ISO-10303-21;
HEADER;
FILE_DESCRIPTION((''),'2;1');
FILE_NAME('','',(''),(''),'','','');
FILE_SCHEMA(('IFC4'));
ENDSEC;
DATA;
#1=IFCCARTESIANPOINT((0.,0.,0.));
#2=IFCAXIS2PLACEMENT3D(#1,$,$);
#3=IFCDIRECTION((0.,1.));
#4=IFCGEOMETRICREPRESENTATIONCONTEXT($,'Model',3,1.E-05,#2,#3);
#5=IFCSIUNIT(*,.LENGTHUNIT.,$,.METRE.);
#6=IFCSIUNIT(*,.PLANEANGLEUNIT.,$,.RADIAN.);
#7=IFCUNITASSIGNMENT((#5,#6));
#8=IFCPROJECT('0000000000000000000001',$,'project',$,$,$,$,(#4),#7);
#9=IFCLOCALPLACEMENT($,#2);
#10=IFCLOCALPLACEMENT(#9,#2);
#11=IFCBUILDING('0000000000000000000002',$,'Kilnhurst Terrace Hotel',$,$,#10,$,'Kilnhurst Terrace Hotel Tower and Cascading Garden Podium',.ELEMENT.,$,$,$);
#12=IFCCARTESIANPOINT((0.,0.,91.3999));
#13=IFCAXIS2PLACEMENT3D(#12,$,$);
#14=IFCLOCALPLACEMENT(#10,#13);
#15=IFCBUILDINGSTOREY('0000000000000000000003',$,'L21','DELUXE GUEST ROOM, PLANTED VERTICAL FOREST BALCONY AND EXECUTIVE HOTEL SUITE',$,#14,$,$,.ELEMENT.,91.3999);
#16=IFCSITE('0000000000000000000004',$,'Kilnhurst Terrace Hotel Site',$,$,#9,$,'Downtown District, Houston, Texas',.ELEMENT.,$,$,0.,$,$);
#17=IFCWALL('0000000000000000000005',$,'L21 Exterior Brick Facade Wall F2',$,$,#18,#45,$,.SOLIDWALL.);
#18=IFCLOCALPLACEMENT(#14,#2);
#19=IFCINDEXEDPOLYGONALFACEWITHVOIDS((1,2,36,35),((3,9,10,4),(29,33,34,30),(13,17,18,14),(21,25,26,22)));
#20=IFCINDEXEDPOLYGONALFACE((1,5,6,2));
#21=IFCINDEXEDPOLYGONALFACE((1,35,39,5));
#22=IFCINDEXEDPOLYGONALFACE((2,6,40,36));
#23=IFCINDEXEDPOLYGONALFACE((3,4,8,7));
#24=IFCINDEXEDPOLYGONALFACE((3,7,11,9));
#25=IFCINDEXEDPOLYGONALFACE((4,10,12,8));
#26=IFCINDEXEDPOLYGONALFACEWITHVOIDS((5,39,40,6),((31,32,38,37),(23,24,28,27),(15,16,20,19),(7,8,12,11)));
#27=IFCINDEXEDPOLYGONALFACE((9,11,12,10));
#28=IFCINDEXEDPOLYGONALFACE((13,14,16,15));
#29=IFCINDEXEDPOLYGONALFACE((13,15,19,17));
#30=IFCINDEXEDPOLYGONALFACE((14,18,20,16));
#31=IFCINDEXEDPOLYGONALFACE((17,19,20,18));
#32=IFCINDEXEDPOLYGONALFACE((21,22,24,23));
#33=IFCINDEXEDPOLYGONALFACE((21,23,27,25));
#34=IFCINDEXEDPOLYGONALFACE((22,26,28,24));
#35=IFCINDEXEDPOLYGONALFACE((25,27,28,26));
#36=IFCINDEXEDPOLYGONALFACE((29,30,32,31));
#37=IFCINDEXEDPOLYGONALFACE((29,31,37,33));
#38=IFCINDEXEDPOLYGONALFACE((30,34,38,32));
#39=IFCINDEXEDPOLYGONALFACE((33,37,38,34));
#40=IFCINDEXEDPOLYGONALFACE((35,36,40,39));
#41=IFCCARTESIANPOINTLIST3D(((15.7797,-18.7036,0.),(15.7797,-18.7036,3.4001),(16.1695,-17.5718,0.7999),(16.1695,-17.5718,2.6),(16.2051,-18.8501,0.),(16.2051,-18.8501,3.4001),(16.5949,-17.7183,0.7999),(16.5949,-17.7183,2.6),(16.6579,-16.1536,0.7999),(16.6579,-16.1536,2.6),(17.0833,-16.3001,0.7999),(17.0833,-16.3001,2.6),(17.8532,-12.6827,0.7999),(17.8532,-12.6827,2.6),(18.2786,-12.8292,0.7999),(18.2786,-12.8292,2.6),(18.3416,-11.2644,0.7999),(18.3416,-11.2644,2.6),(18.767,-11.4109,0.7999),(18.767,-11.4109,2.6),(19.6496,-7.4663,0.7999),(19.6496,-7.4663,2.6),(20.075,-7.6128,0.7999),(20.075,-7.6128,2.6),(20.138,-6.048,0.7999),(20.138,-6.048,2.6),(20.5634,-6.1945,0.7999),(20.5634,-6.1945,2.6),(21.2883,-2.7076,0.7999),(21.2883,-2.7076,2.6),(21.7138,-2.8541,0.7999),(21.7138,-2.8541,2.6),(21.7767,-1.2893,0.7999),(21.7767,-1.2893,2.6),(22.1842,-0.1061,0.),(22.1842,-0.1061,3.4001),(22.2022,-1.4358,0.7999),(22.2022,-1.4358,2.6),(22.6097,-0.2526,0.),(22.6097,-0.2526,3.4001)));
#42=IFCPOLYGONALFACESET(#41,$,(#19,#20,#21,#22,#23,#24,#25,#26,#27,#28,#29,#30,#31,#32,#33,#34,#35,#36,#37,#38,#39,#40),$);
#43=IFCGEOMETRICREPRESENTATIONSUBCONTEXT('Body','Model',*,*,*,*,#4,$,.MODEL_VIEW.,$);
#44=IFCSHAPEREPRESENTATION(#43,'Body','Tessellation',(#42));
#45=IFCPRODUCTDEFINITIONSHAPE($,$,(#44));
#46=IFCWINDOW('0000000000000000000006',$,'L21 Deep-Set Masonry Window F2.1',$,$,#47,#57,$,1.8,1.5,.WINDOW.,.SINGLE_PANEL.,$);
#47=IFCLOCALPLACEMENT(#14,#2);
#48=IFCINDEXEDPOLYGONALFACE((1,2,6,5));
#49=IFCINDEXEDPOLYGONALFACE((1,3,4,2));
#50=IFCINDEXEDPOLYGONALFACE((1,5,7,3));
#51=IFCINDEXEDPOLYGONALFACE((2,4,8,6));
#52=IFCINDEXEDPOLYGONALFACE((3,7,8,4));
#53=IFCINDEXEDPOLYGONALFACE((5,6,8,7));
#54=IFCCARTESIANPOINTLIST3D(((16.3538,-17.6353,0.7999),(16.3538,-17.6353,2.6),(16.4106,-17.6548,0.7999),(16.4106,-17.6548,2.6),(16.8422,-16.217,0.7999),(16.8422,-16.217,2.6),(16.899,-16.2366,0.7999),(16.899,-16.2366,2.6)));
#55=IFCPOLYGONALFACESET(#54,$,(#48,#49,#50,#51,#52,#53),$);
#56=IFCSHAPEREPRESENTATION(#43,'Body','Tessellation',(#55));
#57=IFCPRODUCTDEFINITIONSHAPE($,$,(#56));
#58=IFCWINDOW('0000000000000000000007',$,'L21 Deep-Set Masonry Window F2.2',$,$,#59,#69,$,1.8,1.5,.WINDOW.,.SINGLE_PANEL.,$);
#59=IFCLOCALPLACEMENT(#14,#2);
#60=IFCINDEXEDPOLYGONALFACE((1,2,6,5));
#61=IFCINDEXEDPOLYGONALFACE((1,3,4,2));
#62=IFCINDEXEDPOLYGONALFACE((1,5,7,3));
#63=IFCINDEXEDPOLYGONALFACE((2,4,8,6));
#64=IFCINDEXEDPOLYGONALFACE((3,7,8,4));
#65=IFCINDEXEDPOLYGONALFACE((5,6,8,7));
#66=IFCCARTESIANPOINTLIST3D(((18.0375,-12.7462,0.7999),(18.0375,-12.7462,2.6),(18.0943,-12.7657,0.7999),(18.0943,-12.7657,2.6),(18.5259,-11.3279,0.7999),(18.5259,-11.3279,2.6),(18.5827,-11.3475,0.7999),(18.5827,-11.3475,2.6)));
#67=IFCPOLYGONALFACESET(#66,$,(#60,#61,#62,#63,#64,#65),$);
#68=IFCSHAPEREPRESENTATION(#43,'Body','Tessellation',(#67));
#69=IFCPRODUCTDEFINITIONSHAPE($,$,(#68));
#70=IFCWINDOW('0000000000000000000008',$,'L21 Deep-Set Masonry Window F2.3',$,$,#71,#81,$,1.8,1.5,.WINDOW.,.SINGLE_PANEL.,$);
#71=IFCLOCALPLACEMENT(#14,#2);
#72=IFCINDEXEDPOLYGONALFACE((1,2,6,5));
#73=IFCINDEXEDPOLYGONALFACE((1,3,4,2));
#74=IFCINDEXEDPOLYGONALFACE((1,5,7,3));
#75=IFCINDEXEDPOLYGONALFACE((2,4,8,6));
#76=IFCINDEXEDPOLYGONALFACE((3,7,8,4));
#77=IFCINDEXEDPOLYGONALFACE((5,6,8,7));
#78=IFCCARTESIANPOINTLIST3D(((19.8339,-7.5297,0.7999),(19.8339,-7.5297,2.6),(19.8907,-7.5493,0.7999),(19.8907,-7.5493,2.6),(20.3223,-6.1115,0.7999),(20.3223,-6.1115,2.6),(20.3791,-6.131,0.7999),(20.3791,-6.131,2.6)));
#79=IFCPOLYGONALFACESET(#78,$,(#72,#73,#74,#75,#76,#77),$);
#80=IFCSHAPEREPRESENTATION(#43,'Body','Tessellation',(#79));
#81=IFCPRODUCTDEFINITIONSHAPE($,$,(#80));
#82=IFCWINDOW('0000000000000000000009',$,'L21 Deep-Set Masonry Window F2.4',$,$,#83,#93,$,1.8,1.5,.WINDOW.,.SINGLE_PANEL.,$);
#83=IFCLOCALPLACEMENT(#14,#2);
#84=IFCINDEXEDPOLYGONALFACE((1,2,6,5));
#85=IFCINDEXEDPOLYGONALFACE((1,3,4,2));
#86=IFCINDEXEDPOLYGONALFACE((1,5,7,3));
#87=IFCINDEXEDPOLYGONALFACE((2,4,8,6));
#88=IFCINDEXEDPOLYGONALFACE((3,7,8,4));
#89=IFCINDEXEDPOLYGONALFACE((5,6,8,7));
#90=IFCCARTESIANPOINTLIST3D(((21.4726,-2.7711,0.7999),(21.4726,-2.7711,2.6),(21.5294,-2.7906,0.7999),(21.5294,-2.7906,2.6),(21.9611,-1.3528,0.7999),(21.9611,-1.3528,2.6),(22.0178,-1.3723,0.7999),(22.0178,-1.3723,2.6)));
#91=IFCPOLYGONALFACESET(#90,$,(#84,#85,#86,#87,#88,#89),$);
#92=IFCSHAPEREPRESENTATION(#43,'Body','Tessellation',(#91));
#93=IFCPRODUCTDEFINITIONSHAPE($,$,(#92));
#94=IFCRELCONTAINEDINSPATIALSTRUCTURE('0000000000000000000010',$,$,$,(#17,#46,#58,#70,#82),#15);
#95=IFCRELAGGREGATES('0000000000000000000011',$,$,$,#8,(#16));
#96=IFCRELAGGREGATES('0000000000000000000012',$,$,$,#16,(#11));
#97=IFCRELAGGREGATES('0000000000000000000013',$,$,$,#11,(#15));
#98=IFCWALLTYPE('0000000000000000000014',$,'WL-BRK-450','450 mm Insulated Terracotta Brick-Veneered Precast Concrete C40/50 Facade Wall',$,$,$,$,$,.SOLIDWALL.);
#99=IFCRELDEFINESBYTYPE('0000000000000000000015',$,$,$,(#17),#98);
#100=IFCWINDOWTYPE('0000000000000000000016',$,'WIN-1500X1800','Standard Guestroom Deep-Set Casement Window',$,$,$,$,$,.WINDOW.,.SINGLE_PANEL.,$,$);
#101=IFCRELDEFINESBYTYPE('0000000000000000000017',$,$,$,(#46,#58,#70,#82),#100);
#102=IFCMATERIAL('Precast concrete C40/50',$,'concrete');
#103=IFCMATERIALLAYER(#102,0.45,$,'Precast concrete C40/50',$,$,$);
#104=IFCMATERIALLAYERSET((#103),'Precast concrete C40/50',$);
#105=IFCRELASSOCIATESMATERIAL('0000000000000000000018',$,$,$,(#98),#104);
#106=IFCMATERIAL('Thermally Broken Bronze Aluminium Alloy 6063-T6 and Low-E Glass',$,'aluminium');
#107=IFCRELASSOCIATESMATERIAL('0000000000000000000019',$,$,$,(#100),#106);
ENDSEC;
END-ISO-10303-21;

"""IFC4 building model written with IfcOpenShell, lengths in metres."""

from ifc_helpers import new_model, si_unit, direction, frame, frame_2d, origin, place, context, subcontext, project, spatial, rectangle, extrude, material, layer, layer_set, type_object, element, fill, save


model = new_model("IFC4")

# Units and contexts
model_context = context("Model", 3, precision=1e-05, world=origin(), true_north=direction((0.0, 1.0)))
body_context = subcontext(model_context, "Body", "Model", "MODEL_VIEW")
ifc_project = project(units=[si_unit("LENGTHUNIT", "METRE"), si_unit("PLANEANGLEUNIT", "RADIAN")], contexts=[model_context])

# Site, building, storey
site_placement = place(None, origin())
site = spatial("IfcSite", under=ifc_project, at=site_placement, Name="Kilnhurst Terrace Hotel Site", LongName="Downtown District, Houston, Texas", CompositionType="ELEMENT", RefElevation=0.0)
building_placement = place(site_placement, origin())
building = spatial("IfcBuilding", under=site, at=building_placement, Name="Kilnhurst Terrace Hotel", LongName="Kilnhurst Terrace Hotel Tower and Cascading Garden Podium", CompositionType="ELEMENT")
storey_placement = place(building_placement, frame((0.0, 0.0, 91.3999)))
storey = spatial("IfcBuildingStorey", under=building, at=storey_placement, Name="L21", Description="DELUXE GUEST ROOM, PLANTED VERTICAL FOREST BALCONY AND EXECUTIVE HOTEL SUITE", CompositionType="ELEMENT", Elevation=91.3999)

# Shared definitions
ifc_material_1 = material(Name="Precast concrete C40/50", Category="concrete")
ifc_layer_1 = layer(ifc_material_1, 0.45, Name="Precast concrete C40/50")
ifc_layer_set_1 = layer_set([ifc_layer_1], Name="Precast concrete C40/50")
wall_type_1 = type_object("IfcWallType", Name="WL-BRK-450", Description="450 mm Insulated Terracotta Brick-Veneered Precast Concrete C40/50 Facade Wall", PredefinedType="SOLIDWALL", material=ifc_layer_set_1)

# Wall, openings, windows
wall_1_placement = place(storey_placement, frame((15.9924, -18.7769, 0.0), z_axis=(0.0, 0.0, 1.0), x_axis=(0.325607, 0.945505, 0.0)))
wall_1 = element("IfcWall", 1, at=wall_1_placement, inside=storey, type_object=wall_type_1, Name="L21 Exterior Brick Facade Wall F2", PredefinedType="SOLIDWALL", context=body_context, shape_type="SweptSolid", body=[
    extrude(rectangle(XDim=19.6694, YDim=0.45, at=frame_2d((9.8347, 0.0))), origin(), (0.0, 0.0, 1.0), 3.4001),
])
opening_1_placement = place(wall_1_placement, frame((1.197, 0.0, 0.8)))
opening_1 = element("IfcOpeningElement", 2, at=opening_1_placement, cuts=wall_1, PredefinedType="OPENING", context=body_context, shape_type="SweptSolid", body=[
    extrude(rectangle(XDim=1.5, YDim=1.8, at=frame_2d((0.75, 0.8999))), frame((0.0, 0.2349, 0.0), z_axis=(0.0, -1.0, 0.0), x_axis=(1.0, 0.0, 0.0)), (0.0, 0.0, 1.0), 0.47),
])
opening_2_placement = place(wall_1_placement, frame((6.3679, 0.0, 0.8)))
opening_2 = element("IfcOpeningElement", 3, at=opening_2_placement, cuts=wall_1, PredefinedType="OPENING", context=body_context, shape_type="SweptSolid", body=[
    extrude(rectangle(XDim=1.5, YDim=1.8, at=frame_2d((0.75, 0.8999))), frame((0.0, 0.2349, 0.0), z_axis=(0.0, -1.0, 0.0), x_axis=(1.0, 0.0, 0.0)), (0.0, 0.0, 1.0), 0.47),
])
opening_3_placement = place(wall_1_placement, frame((11.885, 0.0, 0.8)))
opening_3 = element("IfcOpeningElement", 4, at=opening_3_placement, cuts=wall_1, PredefinedType="OPENING", context=body_context, shape_type="SweptSolid", body=[
    extrude(rectangle(XDim=1.5, YDim=1.8, at=frame_2d((0.75, 0.8999))), frame((0.0, 0.2349, 0.0), z_axis=(0.0, -1.0, 0.0), x_axis=(1.0, 0.0, 0.0)), (0.0, 0.0, 1.0), 0.47),
])
opening_4_placement = place(wall_1_placement, frame((16.918, 0.0, 0.8)))
opening_4 = element("IfcOpeningElement", 5, at=opening_4_placement, cuts=wall_1, PredefinedType="OPENING", context=body_context, shape_type="SweptSolid", body=[
    extrude(rectangle(XDim=1.5, YDim=1.8, at=frame_2d((0.75, 0.8999))), frame((0.0, 0.2349, 0.0), z_axis=(0.0, -1.0, 0.0), x_axis=(1.0, 0.0, 0.0)), (0.0, 0.0, 1.0), 0.47),
])
ifc_material_2 = material(Name="Thermally Broken Bronze Aluminium Alloy 6063-T6 and Low-E Glass", Category="aluminium")
window_type = type_object("IfcWindowType", Name="WIN-1500X1800", Description="Standard Guestroom Deep-Set Casement Window", PartitioningType="SINGLE_PANEL", PredefinedType="WINDOW", material=ifc_material_2)
window_1_placement = place(opening_1_placement, origin())
window_1 = element("IfcWindow", 6, at=window_1_placement, inside=storey, type_object=window_type, Name="L21 Deep-Set Masonry Window F2.1", OverallHeight=1.8, OverallWidth=1.5, PartitioningType="SINGLE_PANEL", PredefinedType="WINDOW", context=body_context, shape_type="SweptSolid", body=[
    extrude(rectangle(XDim=1.5, YDim=1.8, at=frame_2d((0.75, 0.8999))), frame((0.0, 0.03, 0.0), z_axis=(0.0, -1.0, 0.0), x_axis=(1.0, 0.0, 0.0)), (0.0, 0.0, 1.0), 0.0601),
])
fill(opening_1, window_1)
window_2_placement = place(opening_2_placement, origin())
window_2 = element("IfcWindow", 7, at=window_2_placement, inside=storey, type_object=window_type, Name="L21 Deep-Set Masonry Window F2.2", OverallHeight=1.8, OverallWidth=1.5, PartitioningType="SINGLE_PANEL", PredefinedType="WINDOW", context=body_context, shape_type="SweptSolid", body=[
    extrude(rectangle(XDim=1.5, YDim=1.8, at=frame_2d((0.75, 0.8999))), frame((0.0, 0.03, 0.0), z_axis=(0.0, -1.0, 0.0), x_axis=(1.0, 0.0, 0.0)), (0.0, 0.0, 1.0), 0.0601),
])
fill(opening_2, window_2)
window_3_placement = place(opening_3_placement, origin())
window_3 = element("IfcWindow", 8, at=window_3_placement, inside=storey, type_object=window_type, Name="L21 Deep-Set Masonry Window F2.3", OverallHeight=1.8, OverallWidth=1.5, PartitioningType="SINGLE_PANEL", PredefinedType="WINDOW", context=body_context, shape_type="SweptSolid", body=[
    extrude(rectangle(XDim=1.5, YDim=1.8, at=frame_2d((0.75, 0.8999))), frame((0.0, 0.03, 0.0), z_axis=(0.0, -1.0, 0.0), x_axis=(1.0, 0.0, 0.0)), (0.0, 0.0, 1.0), 0.0601),
])
fill(opening_3, window_3)
window_4_placement = place(opening_4_placement, origin())
window_4 = element("IfcWindow", 9, at=window_4_placement, inside=storey, type_object=window_type, Name="L21 Deep-Set Masonry Window F2.4", OverallHeight=1.8, OverallWidth=1.5, PartitioningType="SINGLE_PANEL", PredefinedType="WINDOW", context=body_context, shape_type="SweptSolid", body=[
    extrude(rectangle(XDim=1.5, YDim=1.8, at=frame_2d((0.75, 0.8999))), frame((0.0, 0.03, 0.0), z_axis=(0.0, -1.0, 0.0), x_axis=(1.0, 0.0, 0.0)), (0.0, 0.0, 1.0), 0.0601),
])
fill(opening_4, window_4)

save(model, "model.ifc")
